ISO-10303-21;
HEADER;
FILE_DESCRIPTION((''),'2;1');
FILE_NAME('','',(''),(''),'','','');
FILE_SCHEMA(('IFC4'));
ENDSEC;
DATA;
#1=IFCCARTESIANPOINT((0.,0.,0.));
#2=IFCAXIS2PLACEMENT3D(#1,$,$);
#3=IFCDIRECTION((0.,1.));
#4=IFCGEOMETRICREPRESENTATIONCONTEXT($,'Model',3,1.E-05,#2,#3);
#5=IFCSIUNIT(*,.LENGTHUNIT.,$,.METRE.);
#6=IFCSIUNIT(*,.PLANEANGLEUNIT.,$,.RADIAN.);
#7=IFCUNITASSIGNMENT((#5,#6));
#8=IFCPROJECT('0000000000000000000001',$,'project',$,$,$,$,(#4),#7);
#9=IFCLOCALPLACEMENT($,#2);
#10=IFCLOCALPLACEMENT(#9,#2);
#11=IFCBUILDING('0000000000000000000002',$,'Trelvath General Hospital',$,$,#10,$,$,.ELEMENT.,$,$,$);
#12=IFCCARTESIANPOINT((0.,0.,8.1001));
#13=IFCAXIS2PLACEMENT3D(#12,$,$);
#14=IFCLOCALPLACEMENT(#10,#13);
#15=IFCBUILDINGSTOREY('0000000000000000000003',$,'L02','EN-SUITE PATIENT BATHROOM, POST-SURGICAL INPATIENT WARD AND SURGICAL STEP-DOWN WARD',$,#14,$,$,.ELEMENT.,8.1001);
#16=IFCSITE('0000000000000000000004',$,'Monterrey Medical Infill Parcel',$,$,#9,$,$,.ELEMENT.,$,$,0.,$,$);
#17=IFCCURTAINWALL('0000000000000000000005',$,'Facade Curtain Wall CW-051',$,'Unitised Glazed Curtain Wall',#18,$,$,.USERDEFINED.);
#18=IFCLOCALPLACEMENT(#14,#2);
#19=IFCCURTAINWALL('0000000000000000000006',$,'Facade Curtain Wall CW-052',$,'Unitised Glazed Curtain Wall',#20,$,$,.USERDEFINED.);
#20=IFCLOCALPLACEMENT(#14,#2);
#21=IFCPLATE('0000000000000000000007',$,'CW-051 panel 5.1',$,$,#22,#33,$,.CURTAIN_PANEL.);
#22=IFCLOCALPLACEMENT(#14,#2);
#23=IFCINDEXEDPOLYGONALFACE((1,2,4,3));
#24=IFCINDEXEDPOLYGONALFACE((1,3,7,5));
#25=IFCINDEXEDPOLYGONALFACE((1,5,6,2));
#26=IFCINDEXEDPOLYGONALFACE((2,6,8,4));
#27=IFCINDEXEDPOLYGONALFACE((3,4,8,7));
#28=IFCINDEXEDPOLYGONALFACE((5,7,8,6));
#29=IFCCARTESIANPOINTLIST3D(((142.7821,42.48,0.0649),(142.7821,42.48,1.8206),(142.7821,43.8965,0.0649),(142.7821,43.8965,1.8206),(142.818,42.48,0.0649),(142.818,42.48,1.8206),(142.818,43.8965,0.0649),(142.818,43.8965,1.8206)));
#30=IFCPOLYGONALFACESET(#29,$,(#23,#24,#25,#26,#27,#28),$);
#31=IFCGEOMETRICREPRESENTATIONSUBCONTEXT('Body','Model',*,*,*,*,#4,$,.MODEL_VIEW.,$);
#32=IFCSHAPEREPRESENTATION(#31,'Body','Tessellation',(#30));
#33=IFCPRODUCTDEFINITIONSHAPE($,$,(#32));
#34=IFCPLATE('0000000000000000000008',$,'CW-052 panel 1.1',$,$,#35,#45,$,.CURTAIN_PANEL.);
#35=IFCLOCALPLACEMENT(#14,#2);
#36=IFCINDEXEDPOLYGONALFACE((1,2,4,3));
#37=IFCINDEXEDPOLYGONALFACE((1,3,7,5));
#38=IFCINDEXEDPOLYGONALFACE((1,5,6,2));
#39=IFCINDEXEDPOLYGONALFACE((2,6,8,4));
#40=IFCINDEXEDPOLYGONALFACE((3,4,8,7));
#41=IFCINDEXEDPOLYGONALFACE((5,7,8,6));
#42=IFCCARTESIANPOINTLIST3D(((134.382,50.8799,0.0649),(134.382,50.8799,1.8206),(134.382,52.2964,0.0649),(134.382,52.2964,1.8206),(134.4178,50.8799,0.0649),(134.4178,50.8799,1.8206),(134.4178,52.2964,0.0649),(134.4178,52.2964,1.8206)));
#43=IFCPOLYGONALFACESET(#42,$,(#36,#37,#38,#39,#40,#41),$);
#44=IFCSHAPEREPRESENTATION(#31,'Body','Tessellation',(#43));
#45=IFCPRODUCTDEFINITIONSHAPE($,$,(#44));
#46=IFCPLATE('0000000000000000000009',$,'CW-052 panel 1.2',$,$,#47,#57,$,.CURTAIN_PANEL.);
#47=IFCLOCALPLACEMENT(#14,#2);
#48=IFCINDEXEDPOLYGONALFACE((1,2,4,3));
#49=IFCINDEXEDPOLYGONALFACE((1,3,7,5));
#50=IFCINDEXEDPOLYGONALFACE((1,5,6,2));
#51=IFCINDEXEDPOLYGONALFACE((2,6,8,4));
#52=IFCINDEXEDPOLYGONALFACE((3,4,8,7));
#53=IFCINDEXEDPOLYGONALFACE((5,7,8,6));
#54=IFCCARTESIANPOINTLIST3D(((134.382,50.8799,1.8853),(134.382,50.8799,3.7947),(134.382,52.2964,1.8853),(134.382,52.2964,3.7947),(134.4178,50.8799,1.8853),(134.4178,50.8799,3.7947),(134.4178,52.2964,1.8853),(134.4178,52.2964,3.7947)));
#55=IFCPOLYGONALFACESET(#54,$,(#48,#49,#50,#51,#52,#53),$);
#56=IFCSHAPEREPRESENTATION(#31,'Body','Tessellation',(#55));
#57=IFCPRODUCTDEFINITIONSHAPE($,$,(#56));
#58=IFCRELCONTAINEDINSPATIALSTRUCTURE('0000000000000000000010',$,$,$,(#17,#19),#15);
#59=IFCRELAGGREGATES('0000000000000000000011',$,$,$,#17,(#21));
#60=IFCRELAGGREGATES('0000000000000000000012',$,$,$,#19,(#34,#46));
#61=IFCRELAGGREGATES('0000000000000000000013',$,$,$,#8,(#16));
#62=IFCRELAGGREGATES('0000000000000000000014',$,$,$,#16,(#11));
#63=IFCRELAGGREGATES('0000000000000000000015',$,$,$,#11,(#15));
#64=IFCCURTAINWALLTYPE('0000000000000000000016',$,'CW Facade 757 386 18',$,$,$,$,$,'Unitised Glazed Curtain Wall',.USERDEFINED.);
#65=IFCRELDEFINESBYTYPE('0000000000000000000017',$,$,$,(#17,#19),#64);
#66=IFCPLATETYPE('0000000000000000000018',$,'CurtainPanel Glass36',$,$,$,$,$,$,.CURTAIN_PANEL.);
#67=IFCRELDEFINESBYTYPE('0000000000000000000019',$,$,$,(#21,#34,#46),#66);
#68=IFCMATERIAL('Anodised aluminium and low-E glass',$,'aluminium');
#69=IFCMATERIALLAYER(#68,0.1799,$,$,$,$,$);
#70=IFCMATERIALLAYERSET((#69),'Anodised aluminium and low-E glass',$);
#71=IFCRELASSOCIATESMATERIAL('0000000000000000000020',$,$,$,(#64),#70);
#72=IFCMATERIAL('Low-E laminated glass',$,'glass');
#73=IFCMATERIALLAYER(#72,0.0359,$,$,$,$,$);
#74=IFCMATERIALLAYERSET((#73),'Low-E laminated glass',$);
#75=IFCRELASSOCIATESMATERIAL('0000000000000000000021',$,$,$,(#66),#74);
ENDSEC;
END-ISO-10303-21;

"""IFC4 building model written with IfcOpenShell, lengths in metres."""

from ifc_helpers import new_model, si_unit, direction, frame, origin, origin_2d, place, context, subcontext, project, spatial, rectangle, extrude, material, layer, layer_set, type_object, element, aggregate, save


model = new_model("IFC4")

# Units and contexts
model_context = context("Model", 3, precision=1e-05, world=origin(), true_north=direction((0.0, 1.0)))
body_context = subcontext(model_context, "Body", "Model", "MODEL_VIEW")
ifc_project = project(units=[si_unit("LENGTHUNIT", "METRE"), si_unit("PLANEANGLEUNIT", "RADIAN")], contexts=[model_context])

# Site, building, storey
site_placement = place(None, origin())
site = spatial("IfcSite", under=ifc_project, at=site_placement, Name="Monterrey Medical Infill Parcel", CompositionType="ELEMENT", RefElevation=0.0)
building_placement = place(site_placement, origin())
building = spatial("IfcBuilding", under=site, at=building_placement, Name="Trelvath General Hospital", CompositionType="ELEMENT")
storey_placement = place(building_placement, frame((0.0, 0.0, 8.1001)))
storey = spatial("IfcBuildingStorey", under=building, at=storey_placement, Name="L02", Description="EN-SUITE PATIENT BATHROOM, POST-SURGICAL INPATIENT WARD AND SURGICAL STEP-DOWN WARD", CompositionType="ELEMENT", Elevation=8.1001)

# Shared definitions
ifc_material_1 = material(Name="Anodised aluminium and low-E glass", Category="aluminium")
ifc_layer_1 = layer(ifc_material_1, 0.1799)
ifc_layer_set_1 = layer_set([ifc_layer_1], Name="Anodised aluminium and low-E glass")
curtain_wall_type = type_object("IfcCurtainWallType", Name="CW Facade 757 386 18", ElementType="Unitised Glazed Curtain Wall", PredefinedType="USERDEFINED", material=ifc_layer_set_1)

# Curtain walls
curtain_wall_1_placement = place(storey_placement, origin())
curtain_wall_1 = element("IfcCurtainWall", 1, at=curtain_wall_1_placement, inside=storey, type_object=curtain_wall_type, Name="Facade Curtain Wall CW-051", ObjectType="Unitised Glazed Curtain Wall", PredefinedType="USERDEFINED")
curtain_wall_2_placement = place(storey_placement, origin())
curtain_wall_2 = element("IfcCurtainWall", 2, at=curtain_wall_2_placement, inside=storey, type_object=curtain_wall_type, Name="Facade Curtain Wall CW-052", ObjectType="Unitised Glazed Curtain Wall", PredefinedType="USERDEFINED")

# Plates
ifc_material_2 = material(Name="Low-E laminated glass", Category="glass")
ifc_layer_2 = layer(ifc_material_2, 0.0359)
ifc_layer_set_2 = layer_set([ifc_layer_2], Name="Low-E laminated glass")
plate_type = type_object("IfcPlateType", Name="CurtainPanel Glass36", PredefinedType="CURTAIN_PANEL", material=ifc_layer_set_2)
plate_1_placement = place(storey_placement, frame((142.8, 43.1882, 0.0649), z_axis=(0.0, 0.0, 1.0), x_axis=(0.0, -1.0, 0.0)))
plate_1 = element("IfcPlate", 3, at=plate_1_placement, type_object=plate_type, Name="CW-051 panel 5.1", PredefinedType="CURTAIN_PANEL", context=body_context, shape_type="SweptSolid", body=[
    extrude(rectangle(XDim=1.4165, YDim=0.0359, at=origin_2d()), origin(), (0.0, 0.0, 1.0), 1.7556),
])
aggregate(curtain_wall_1, [plate_1])
plate_2_placement = place(storey_placement, frame((134.3999, 51.5881, 0.0649), z_axis=(0.0, 0.0, 1.0), x_axis=(0.0, 1.0, 0.0)))
plate_2 = element("IfcPlate", 4, at=plate_2_placement, type_object=plate_type, Name="CW-052 panel 1.1", PredefinedType="CURTAIN_PANEL", context=body_context, shape_type="SweptSolid", body=[
    extrude(rectangle(XDim=1.4165, YDim=0.0359, at=origin_2d()), origin(), (0.0, 0.0, 1.0), 1.7556),
])
plate_3_placement = place(storey_placement, frame((134.3999, 51.5881, 1.8853), z_axis=(0.0, 0.0, 1.0), x_axis=(0.0, 1.0, 0.0)))
plate_3 = element("IfcPlate", 5, at=plate_3_placement, type_object=plate_type, Name="CW-052 panel 1.2", PredefinedType="CURTAIN_PANEL", context=body_context, shape_type="SweptSolid", body=[
    extrude(rectangle(XDim=1.4165, YDim=0.0359, at=origin_2d()), origin(), (0.0, 0.0, 1.0), 1.9094),
])
aggregate(curtain_wall_2, [plate_2, plate_3])

save(model, "model.ifc")
